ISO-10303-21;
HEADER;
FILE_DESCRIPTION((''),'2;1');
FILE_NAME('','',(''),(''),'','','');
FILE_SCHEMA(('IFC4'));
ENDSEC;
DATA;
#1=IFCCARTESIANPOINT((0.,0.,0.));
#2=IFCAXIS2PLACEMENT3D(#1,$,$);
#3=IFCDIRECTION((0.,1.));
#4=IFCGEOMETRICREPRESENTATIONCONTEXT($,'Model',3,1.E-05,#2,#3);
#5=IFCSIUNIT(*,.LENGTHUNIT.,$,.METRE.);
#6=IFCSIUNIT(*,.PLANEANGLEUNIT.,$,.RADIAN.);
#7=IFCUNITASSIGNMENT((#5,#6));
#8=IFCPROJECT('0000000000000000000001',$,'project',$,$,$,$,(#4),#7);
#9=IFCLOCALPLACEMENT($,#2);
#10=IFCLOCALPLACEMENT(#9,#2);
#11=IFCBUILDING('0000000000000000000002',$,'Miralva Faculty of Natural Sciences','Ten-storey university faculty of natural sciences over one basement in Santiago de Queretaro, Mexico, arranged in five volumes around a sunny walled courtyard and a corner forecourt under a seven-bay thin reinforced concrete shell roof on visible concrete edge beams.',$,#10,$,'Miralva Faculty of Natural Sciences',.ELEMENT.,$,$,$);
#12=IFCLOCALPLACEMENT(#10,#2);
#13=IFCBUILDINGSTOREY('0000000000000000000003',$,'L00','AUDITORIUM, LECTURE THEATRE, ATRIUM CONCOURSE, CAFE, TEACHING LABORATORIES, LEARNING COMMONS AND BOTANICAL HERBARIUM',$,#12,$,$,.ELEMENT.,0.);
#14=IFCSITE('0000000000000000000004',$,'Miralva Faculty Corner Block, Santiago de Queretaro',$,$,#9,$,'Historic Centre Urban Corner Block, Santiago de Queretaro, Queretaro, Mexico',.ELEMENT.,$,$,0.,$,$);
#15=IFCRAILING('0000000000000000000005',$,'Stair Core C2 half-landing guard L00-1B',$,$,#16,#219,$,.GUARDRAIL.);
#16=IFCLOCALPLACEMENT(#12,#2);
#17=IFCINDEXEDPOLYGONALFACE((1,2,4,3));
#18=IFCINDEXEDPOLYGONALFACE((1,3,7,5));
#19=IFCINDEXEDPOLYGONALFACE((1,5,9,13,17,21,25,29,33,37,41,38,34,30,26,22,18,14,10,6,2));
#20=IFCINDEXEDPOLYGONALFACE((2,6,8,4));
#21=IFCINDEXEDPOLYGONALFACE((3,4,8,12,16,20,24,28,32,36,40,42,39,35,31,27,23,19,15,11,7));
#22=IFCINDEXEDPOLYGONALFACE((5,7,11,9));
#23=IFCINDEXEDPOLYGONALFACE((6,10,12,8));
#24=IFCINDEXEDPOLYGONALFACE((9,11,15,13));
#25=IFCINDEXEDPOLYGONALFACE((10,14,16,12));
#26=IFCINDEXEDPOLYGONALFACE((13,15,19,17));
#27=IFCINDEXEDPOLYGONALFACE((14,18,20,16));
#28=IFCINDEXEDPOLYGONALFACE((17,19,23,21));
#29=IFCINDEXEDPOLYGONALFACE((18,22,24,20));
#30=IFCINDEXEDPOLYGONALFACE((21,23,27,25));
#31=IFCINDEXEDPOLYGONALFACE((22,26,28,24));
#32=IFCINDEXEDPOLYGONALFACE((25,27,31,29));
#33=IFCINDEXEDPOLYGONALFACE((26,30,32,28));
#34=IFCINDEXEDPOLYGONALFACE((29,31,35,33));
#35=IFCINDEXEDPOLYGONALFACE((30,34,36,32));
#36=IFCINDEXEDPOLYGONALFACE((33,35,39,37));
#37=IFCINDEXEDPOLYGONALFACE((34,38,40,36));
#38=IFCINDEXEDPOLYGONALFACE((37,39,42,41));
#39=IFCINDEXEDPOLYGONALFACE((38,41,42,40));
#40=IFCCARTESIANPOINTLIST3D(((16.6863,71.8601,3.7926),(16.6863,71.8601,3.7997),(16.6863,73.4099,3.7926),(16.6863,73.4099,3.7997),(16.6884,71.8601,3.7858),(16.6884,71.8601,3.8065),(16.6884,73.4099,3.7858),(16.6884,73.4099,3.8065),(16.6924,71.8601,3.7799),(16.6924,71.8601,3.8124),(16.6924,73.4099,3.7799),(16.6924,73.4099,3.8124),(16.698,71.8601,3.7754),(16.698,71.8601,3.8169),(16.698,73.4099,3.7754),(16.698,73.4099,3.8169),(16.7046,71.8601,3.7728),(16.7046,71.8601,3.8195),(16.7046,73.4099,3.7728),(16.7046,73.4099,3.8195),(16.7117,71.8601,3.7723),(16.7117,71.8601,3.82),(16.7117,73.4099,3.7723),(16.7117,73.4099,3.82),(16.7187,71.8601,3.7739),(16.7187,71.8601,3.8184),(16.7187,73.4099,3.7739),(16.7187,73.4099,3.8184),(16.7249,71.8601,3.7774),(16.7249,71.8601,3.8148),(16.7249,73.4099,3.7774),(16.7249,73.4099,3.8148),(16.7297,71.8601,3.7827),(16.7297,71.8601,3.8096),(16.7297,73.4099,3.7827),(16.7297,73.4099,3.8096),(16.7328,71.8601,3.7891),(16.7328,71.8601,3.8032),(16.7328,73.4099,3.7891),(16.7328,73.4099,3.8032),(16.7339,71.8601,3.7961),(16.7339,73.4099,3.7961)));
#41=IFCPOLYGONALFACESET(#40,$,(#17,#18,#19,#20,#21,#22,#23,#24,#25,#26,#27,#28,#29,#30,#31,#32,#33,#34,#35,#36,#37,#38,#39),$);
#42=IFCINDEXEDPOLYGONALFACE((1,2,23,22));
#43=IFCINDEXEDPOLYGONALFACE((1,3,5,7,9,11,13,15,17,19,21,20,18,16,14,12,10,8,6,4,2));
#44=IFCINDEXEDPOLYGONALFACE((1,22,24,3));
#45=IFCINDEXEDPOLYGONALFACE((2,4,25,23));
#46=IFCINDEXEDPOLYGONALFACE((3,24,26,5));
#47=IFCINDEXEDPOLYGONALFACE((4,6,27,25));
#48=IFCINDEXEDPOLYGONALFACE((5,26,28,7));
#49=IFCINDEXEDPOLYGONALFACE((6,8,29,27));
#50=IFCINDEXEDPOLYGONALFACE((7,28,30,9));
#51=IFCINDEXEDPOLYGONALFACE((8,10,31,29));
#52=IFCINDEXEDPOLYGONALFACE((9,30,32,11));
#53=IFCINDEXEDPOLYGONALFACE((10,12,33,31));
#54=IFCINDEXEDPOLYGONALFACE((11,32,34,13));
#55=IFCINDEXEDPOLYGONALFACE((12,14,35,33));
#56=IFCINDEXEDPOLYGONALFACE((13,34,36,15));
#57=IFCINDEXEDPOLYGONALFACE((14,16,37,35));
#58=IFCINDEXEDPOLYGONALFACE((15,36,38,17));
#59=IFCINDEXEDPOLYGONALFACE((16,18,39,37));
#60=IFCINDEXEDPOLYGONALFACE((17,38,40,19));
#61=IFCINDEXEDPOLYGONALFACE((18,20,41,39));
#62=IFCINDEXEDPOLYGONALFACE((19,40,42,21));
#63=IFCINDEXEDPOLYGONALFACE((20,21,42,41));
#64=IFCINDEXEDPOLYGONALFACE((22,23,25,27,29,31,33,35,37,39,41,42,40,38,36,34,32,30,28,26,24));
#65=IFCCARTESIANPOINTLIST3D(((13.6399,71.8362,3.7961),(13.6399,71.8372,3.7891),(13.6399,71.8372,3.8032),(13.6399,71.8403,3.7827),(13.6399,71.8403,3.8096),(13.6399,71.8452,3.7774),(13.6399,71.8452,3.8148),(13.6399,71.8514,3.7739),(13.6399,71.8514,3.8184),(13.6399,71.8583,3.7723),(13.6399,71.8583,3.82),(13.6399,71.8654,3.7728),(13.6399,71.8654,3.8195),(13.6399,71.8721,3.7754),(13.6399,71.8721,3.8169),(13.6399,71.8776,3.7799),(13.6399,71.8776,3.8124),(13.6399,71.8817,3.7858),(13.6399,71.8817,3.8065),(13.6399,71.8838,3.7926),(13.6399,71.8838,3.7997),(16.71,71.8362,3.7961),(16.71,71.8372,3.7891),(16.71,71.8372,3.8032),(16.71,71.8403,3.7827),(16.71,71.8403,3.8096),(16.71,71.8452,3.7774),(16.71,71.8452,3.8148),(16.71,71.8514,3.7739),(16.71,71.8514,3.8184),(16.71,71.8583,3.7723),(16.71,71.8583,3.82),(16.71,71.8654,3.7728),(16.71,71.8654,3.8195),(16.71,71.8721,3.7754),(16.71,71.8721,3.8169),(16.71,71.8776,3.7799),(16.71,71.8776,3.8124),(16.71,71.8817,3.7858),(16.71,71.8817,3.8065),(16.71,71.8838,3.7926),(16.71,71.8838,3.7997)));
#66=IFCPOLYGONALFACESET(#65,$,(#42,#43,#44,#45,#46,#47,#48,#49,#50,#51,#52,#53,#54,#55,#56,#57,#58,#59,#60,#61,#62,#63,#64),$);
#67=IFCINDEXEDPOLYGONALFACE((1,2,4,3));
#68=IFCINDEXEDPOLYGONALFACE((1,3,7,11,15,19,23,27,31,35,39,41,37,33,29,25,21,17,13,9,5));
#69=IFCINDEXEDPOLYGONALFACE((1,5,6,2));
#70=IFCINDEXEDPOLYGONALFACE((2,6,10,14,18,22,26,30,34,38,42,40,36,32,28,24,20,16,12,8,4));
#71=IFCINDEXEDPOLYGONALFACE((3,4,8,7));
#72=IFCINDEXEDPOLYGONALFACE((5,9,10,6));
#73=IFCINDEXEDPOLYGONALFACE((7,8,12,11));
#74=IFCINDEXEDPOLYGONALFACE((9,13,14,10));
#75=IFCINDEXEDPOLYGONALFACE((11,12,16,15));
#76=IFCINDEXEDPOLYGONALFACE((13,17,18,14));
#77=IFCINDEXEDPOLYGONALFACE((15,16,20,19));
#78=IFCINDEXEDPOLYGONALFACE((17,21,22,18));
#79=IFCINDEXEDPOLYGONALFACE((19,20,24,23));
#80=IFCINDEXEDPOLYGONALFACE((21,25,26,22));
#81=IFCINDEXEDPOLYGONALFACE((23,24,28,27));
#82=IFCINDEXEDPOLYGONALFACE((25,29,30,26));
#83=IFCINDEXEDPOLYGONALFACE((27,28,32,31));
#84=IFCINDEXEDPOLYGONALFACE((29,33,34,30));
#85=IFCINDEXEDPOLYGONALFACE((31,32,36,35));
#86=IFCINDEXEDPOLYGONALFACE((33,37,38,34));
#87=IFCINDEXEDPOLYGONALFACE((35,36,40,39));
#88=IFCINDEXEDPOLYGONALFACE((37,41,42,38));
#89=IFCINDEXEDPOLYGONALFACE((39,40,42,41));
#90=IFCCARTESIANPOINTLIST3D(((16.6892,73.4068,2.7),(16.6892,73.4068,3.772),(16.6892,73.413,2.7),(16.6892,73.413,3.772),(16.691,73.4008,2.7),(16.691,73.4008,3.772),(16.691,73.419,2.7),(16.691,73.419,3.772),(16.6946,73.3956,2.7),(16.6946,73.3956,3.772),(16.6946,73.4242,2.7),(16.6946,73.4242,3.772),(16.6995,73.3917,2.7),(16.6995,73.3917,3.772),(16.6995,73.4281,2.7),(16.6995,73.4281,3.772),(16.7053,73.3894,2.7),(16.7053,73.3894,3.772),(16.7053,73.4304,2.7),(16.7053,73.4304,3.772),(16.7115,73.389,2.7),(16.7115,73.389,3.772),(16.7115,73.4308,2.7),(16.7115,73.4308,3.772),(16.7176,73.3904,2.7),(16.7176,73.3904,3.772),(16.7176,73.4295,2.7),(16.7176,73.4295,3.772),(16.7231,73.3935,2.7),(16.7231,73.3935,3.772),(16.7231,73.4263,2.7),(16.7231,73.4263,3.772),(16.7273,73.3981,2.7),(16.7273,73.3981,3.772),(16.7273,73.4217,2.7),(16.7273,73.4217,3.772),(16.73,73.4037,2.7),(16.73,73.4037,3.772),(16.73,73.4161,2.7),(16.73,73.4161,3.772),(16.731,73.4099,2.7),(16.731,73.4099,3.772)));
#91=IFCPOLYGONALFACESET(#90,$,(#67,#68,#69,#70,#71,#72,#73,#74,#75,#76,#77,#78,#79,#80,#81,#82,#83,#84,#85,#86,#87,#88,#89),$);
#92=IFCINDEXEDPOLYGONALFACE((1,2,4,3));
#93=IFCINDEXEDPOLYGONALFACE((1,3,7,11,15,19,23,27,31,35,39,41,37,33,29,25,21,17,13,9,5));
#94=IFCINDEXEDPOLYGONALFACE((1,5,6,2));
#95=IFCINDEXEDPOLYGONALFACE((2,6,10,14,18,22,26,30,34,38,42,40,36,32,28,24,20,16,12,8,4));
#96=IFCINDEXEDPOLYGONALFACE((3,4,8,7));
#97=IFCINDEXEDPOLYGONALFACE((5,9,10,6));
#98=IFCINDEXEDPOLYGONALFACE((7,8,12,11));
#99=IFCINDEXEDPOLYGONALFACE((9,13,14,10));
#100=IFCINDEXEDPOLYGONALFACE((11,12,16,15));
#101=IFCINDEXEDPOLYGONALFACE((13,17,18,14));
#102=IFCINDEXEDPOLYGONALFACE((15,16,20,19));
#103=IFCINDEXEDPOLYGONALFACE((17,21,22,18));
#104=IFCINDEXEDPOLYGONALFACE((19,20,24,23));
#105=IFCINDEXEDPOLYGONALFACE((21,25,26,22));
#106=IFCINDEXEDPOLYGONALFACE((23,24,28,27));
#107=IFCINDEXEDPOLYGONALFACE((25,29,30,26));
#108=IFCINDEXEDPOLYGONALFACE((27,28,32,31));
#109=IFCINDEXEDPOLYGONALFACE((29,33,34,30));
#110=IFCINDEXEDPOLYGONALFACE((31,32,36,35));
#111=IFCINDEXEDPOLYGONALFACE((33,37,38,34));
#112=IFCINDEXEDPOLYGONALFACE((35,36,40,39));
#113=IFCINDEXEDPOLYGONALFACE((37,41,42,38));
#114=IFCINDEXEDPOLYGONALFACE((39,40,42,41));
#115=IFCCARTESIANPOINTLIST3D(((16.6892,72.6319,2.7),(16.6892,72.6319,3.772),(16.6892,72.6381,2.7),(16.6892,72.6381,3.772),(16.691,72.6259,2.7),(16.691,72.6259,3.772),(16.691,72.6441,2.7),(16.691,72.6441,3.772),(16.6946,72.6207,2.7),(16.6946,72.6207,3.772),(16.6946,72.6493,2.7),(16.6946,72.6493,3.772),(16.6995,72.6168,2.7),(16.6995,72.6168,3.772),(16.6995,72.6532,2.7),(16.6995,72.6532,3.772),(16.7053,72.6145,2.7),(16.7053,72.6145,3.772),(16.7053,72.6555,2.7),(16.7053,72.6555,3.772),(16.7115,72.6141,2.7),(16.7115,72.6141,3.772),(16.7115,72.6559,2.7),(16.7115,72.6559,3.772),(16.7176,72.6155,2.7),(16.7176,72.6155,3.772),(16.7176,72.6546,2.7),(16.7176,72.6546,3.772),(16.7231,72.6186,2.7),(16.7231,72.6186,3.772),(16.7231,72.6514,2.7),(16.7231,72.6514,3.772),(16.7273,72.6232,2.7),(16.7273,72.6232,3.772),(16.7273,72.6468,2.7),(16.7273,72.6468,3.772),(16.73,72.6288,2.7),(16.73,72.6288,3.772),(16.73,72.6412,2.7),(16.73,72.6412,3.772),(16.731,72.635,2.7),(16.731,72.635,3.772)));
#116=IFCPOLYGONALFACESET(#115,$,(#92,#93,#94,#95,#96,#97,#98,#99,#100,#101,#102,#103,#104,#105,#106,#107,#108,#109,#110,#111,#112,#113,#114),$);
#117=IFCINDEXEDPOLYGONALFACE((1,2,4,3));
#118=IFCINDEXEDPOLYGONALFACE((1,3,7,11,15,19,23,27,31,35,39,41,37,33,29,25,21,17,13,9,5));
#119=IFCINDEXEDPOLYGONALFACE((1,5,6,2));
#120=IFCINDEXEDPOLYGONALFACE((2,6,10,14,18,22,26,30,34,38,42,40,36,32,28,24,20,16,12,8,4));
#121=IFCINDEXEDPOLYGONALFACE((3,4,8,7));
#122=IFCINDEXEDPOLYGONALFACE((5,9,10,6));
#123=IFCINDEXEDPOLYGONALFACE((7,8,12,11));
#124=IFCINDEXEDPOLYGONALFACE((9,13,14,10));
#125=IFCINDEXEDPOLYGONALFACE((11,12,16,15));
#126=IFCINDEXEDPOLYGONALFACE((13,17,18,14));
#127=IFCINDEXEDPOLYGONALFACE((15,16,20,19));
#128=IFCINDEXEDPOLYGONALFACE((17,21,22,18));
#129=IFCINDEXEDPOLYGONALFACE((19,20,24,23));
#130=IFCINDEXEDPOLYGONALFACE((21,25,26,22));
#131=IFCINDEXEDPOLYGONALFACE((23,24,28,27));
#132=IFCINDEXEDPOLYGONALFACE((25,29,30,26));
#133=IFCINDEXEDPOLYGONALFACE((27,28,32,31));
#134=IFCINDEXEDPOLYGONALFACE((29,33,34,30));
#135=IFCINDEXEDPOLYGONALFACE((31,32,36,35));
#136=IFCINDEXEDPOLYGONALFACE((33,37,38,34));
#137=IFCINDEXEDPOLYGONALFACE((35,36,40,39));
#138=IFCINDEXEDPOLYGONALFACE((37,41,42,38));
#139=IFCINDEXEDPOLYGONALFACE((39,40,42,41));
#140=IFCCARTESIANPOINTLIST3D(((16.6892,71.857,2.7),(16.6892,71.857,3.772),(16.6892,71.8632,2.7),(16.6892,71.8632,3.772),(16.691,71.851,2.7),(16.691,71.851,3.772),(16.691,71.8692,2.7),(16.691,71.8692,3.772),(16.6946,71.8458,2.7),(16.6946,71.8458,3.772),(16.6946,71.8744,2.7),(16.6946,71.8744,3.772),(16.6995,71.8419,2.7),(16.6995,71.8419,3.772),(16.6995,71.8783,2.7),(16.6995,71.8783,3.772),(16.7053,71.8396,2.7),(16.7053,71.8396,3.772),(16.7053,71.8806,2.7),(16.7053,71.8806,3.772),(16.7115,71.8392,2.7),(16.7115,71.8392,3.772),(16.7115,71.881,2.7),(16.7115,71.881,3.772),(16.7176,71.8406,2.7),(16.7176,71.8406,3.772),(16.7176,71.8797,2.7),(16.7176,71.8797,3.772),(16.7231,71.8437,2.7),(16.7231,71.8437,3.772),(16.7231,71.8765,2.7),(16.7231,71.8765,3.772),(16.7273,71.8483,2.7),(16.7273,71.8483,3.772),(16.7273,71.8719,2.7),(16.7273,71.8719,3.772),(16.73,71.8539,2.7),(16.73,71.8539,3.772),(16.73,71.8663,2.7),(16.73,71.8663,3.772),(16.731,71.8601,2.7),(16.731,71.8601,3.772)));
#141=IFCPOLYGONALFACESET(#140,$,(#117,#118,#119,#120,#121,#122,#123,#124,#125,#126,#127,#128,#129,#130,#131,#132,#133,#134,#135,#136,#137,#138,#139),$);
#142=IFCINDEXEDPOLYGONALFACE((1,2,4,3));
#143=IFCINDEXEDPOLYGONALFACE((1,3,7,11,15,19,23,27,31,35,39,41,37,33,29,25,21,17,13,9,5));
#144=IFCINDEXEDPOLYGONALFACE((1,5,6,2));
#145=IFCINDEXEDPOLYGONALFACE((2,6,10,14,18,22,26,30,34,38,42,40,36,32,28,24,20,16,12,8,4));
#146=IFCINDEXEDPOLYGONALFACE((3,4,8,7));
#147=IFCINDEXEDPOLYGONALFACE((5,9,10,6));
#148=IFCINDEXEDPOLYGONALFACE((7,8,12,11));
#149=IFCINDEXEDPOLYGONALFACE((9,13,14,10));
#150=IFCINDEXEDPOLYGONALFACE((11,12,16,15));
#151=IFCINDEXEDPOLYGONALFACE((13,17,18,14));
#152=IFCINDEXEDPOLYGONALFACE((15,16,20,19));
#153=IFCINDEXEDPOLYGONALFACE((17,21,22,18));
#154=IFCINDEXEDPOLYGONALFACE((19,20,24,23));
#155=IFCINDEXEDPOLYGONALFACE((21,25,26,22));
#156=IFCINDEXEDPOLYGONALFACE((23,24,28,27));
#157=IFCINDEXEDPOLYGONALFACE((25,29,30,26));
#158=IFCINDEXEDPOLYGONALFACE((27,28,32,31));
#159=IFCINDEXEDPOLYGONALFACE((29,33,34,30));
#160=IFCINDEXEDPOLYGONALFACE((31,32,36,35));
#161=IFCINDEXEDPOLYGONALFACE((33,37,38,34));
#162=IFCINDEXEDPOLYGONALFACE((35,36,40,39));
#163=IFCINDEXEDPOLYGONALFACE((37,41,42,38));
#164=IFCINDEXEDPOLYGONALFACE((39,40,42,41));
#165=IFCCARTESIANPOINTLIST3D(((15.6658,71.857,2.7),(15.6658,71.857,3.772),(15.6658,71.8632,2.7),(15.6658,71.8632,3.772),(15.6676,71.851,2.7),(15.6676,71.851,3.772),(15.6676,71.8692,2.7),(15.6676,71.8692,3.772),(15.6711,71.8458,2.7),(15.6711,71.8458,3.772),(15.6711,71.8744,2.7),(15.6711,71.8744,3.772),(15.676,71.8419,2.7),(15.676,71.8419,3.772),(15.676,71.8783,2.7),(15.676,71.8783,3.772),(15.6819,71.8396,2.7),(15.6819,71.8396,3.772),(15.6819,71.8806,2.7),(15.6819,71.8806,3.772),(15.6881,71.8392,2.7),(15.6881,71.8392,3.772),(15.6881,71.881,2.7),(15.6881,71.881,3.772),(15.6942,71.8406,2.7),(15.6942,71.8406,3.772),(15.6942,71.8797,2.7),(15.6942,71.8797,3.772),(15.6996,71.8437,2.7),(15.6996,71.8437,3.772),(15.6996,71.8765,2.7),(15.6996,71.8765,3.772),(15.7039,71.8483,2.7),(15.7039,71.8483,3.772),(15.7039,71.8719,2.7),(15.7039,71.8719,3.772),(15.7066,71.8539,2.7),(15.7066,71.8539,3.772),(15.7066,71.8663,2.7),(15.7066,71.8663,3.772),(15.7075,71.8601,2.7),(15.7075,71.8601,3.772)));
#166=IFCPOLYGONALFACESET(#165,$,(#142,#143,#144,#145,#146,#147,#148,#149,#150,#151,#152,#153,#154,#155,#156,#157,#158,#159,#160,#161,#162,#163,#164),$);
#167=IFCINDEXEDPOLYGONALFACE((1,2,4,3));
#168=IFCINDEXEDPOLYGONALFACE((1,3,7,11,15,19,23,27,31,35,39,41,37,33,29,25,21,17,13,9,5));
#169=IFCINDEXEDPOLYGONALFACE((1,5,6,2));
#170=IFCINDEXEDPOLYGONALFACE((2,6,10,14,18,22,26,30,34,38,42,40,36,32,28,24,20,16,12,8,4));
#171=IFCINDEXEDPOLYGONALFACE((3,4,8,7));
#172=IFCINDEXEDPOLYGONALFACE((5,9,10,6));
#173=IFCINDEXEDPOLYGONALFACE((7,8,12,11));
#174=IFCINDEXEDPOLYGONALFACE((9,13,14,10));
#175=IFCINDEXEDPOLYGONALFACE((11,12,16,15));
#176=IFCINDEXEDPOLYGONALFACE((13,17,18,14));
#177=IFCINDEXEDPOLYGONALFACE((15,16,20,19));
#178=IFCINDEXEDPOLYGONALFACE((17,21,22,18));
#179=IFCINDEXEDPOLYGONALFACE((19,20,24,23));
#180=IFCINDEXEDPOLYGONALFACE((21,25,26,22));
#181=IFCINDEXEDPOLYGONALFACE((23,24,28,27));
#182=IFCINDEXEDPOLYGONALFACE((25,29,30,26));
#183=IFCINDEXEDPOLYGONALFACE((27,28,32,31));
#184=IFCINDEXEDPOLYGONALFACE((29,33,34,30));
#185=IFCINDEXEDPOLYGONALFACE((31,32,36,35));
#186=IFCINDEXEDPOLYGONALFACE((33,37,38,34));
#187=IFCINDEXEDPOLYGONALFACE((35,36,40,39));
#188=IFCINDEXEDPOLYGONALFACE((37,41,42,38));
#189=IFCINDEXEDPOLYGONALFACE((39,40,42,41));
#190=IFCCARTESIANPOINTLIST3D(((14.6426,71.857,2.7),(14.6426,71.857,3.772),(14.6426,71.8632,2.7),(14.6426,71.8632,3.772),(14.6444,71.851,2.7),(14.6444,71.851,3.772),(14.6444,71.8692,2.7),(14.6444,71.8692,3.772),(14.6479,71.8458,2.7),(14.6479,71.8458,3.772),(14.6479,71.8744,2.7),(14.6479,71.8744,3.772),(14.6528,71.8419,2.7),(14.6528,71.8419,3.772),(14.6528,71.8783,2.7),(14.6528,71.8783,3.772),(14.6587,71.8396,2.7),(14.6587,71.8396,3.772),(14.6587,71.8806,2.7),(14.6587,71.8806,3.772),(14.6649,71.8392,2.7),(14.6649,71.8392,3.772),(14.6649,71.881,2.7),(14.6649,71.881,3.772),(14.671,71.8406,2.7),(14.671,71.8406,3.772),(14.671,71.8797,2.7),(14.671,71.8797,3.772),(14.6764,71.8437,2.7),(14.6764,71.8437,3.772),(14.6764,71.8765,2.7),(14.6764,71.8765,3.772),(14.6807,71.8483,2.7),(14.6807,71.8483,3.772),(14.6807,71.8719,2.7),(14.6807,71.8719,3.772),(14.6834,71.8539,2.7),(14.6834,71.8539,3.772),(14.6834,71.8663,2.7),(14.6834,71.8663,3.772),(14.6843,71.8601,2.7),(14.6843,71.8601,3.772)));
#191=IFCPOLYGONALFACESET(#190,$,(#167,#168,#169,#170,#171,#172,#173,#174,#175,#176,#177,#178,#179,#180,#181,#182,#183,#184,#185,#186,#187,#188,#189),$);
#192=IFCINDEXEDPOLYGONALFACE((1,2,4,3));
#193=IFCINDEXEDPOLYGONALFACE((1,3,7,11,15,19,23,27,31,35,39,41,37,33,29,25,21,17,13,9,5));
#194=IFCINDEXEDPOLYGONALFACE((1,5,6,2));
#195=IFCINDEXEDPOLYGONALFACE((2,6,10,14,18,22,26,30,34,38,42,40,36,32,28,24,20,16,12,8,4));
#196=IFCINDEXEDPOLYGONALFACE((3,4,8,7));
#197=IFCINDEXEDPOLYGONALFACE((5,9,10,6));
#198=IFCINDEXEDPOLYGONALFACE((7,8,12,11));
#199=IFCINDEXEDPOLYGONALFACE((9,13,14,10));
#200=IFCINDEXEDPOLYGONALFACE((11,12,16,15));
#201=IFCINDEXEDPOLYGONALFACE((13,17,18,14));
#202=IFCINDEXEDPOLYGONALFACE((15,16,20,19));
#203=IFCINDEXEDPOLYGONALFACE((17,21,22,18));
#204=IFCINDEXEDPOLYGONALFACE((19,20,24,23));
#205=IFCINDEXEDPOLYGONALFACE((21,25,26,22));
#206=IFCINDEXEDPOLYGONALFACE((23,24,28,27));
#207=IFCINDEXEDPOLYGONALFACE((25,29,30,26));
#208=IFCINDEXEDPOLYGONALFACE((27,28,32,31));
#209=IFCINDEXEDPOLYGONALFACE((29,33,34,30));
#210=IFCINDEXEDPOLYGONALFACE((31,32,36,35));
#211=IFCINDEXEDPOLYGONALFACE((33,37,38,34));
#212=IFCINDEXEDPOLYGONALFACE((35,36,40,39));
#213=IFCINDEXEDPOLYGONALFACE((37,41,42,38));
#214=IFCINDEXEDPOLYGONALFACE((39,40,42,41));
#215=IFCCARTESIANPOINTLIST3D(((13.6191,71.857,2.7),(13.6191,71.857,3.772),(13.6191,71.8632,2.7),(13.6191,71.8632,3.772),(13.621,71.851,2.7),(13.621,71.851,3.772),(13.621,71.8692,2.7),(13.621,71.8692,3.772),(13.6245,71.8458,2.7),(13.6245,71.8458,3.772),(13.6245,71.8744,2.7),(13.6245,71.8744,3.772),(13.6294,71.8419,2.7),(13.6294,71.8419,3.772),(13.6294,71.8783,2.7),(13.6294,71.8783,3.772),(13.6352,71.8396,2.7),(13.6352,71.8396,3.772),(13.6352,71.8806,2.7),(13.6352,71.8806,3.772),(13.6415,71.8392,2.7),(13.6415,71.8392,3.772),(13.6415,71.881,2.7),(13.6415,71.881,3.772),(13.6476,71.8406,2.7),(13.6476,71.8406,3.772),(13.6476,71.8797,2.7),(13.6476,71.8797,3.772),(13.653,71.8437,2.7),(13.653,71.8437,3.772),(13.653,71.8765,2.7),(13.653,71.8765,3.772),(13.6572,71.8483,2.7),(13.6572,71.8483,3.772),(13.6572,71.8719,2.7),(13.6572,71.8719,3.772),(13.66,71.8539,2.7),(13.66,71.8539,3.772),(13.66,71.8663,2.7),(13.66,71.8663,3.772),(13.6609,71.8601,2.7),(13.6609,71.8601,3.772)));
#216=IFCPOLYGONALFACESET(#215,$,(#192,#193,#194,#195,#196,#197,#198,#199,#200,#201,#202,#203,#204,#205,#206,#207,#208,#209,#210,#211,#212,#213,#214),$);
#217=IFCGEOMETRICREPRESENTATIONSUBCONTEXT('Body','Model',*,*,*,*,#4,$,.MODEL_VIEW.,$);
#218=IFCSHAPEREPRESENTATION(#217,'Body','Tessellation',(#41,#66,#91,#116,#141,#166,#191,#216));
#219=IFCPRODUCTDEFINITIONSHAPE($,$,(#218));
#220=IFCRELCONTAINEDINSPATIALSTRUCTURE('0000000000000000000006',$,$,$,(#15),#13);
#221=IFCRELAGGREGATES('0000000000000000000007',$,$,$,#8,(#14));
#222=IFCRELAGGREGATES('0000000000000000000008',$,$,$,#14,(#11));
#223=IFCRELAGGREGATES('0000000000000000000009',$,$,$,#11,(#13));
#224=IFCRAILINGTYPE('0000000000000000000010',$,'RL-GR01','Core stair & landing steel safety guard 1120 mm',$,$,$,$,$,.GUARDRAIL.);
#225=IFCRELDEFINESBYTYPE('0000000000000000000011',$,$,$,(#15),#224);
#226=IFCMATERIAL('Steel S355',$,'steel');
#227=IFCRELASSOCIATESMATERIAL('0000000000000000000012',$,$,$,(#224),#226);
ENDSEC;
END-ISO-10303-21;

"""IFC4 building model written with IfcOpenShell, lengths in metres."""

from ifc_helpers import new_model, si_unit, direction, frame, origin, origin_2d, place, context, subcontext, project, spatial, circle, extrude, material, type_object, element, save


model = new_model("IFC4")

# Units and contexts
model_context = context("Model", 3, precision=1e-05, world=origin(), true_north=direction((0.0, 1.0)))
body_context = subcontext(model_context, "Body", "Model", "MODEL_VIEW")
ifc_project = project(units=[si_unit("LENGTHUNIT", "METRE"), si_unit("PLANEANGLEUNIT", "RADIAN")], contexts=[model_context])

# Site, building, storey
site_placement = place(None, origin())
site = spatial("IfcSite", under=ifc_project, at=site_placement, Name="Miralva Faculty Corner Block, Santiago de Queretaro", LongName="Historic Centre Urban Corner Block, Santiago de Queretaro, Queretaro, Mexico", CompositionType="ELEMENT", RefElevation=0.0)
building_placement = place(site_placement, origin())
building = spatial("IfcBuilding", under=site, at=building_placement, Name="Miralva Faculty of Natural Sciences", Description="Ten-storey university faculty of natural sciences over one basement in Santiago de Queretaro, Mexico, arranged in five volumes around a sunny walled courtyard and a corner forecourt under a seven-bay thin reinforced concrete shell roof on visible concrete edge beams.", LongName="Miralva Faculty of Natural Sciences", CompositionType="ELEMENT")
storey_placement = place(building_placement, origin())
storey = spatial("IfcBuildingStorey", under=building, at=storey_placement, Name="L00", Description="AUDITORIUM, LECTURE THEATRE, ATRIUM CONCOURSE, CAFE, TEACHING LABORATORIES, LEARNING COMMONS AND BOTANICAL HERBARIUM", CompositionType="ELEMENT", Elevation=0.0)

# Railing
ifc_material_1 = material(Name="Steel S355", Category="steel")
railing_type_1 = type_object("IfcRailingType", Name="RL-GR01", Description="Core stair & landing steel safety guard 1120 mm", PredefinedType="GUARDRAIL", material=ifc_material_1)
railing_1_placement = place(storey_placement, frame((16.71, 73.4099, 2.7)))
element("IfcRailing", 1, at=railing_1_placement, inside=storey, type_object=railing_type_1, Name="Stair Core C2 half-landing guard L00-1B", PredefinedType="GUARDRAIL", context=body_context, shape_type="SweptSolid", body=[
    extrude(circle(Radius=0.0239, at=origin_2d()), frame((0.0, 0.0, 1.0962), z_axis=(0.0, -1.0, 0.0), x_axis=(1.0, 0.0, 0.0)), (0.0, 0.0, 1.0), 1.5498),
    extrude(circle(Radius=0.0239, at=origin_2d()), frame((0.0, -1.5498, 1.0962), z_axis=(-1.0, 0.0, 0.0), x_axis=(0.0, -1.0, 0.0)), (0.0, 0.0, 1.0), 3.0701),
    extrude(circle(Radius=0.021, at=origin_2d()), origin(), (0.0, 0.0, 1.0), 1.072),
    extrude(circle(Radius=0.021, at=origin_2d()), frame((0.0, -0.7749, 0.0)), (0.0, 0.0, 1.0), 1.072),
    extrude(circle(Radius=0.021, at=origin_2d()), frame((0.0, -1.5498, 0.0)), (0.0, 0.0, 1.0), 1.072),
    extrude(circle(Radius=0.021, at=origin_2d()), frame((-1.0234, -1.5498, 0.0)), (0.0, 0.0, 1.0), 1.072),
    extrude(circle(Radius=0.021, at=origin_2d()), frame((-2.0466, -1.5498, 0.0)), (0.0, 0.0, 1.0), 1.072),
    extrude(circle(Radius=0.021, at=origin_2d()), frame((-3.0701, -1.5498, 0.0)), (0.0, 0.0, 1.0), 1.072),
])

save(model, "model.ifc")
